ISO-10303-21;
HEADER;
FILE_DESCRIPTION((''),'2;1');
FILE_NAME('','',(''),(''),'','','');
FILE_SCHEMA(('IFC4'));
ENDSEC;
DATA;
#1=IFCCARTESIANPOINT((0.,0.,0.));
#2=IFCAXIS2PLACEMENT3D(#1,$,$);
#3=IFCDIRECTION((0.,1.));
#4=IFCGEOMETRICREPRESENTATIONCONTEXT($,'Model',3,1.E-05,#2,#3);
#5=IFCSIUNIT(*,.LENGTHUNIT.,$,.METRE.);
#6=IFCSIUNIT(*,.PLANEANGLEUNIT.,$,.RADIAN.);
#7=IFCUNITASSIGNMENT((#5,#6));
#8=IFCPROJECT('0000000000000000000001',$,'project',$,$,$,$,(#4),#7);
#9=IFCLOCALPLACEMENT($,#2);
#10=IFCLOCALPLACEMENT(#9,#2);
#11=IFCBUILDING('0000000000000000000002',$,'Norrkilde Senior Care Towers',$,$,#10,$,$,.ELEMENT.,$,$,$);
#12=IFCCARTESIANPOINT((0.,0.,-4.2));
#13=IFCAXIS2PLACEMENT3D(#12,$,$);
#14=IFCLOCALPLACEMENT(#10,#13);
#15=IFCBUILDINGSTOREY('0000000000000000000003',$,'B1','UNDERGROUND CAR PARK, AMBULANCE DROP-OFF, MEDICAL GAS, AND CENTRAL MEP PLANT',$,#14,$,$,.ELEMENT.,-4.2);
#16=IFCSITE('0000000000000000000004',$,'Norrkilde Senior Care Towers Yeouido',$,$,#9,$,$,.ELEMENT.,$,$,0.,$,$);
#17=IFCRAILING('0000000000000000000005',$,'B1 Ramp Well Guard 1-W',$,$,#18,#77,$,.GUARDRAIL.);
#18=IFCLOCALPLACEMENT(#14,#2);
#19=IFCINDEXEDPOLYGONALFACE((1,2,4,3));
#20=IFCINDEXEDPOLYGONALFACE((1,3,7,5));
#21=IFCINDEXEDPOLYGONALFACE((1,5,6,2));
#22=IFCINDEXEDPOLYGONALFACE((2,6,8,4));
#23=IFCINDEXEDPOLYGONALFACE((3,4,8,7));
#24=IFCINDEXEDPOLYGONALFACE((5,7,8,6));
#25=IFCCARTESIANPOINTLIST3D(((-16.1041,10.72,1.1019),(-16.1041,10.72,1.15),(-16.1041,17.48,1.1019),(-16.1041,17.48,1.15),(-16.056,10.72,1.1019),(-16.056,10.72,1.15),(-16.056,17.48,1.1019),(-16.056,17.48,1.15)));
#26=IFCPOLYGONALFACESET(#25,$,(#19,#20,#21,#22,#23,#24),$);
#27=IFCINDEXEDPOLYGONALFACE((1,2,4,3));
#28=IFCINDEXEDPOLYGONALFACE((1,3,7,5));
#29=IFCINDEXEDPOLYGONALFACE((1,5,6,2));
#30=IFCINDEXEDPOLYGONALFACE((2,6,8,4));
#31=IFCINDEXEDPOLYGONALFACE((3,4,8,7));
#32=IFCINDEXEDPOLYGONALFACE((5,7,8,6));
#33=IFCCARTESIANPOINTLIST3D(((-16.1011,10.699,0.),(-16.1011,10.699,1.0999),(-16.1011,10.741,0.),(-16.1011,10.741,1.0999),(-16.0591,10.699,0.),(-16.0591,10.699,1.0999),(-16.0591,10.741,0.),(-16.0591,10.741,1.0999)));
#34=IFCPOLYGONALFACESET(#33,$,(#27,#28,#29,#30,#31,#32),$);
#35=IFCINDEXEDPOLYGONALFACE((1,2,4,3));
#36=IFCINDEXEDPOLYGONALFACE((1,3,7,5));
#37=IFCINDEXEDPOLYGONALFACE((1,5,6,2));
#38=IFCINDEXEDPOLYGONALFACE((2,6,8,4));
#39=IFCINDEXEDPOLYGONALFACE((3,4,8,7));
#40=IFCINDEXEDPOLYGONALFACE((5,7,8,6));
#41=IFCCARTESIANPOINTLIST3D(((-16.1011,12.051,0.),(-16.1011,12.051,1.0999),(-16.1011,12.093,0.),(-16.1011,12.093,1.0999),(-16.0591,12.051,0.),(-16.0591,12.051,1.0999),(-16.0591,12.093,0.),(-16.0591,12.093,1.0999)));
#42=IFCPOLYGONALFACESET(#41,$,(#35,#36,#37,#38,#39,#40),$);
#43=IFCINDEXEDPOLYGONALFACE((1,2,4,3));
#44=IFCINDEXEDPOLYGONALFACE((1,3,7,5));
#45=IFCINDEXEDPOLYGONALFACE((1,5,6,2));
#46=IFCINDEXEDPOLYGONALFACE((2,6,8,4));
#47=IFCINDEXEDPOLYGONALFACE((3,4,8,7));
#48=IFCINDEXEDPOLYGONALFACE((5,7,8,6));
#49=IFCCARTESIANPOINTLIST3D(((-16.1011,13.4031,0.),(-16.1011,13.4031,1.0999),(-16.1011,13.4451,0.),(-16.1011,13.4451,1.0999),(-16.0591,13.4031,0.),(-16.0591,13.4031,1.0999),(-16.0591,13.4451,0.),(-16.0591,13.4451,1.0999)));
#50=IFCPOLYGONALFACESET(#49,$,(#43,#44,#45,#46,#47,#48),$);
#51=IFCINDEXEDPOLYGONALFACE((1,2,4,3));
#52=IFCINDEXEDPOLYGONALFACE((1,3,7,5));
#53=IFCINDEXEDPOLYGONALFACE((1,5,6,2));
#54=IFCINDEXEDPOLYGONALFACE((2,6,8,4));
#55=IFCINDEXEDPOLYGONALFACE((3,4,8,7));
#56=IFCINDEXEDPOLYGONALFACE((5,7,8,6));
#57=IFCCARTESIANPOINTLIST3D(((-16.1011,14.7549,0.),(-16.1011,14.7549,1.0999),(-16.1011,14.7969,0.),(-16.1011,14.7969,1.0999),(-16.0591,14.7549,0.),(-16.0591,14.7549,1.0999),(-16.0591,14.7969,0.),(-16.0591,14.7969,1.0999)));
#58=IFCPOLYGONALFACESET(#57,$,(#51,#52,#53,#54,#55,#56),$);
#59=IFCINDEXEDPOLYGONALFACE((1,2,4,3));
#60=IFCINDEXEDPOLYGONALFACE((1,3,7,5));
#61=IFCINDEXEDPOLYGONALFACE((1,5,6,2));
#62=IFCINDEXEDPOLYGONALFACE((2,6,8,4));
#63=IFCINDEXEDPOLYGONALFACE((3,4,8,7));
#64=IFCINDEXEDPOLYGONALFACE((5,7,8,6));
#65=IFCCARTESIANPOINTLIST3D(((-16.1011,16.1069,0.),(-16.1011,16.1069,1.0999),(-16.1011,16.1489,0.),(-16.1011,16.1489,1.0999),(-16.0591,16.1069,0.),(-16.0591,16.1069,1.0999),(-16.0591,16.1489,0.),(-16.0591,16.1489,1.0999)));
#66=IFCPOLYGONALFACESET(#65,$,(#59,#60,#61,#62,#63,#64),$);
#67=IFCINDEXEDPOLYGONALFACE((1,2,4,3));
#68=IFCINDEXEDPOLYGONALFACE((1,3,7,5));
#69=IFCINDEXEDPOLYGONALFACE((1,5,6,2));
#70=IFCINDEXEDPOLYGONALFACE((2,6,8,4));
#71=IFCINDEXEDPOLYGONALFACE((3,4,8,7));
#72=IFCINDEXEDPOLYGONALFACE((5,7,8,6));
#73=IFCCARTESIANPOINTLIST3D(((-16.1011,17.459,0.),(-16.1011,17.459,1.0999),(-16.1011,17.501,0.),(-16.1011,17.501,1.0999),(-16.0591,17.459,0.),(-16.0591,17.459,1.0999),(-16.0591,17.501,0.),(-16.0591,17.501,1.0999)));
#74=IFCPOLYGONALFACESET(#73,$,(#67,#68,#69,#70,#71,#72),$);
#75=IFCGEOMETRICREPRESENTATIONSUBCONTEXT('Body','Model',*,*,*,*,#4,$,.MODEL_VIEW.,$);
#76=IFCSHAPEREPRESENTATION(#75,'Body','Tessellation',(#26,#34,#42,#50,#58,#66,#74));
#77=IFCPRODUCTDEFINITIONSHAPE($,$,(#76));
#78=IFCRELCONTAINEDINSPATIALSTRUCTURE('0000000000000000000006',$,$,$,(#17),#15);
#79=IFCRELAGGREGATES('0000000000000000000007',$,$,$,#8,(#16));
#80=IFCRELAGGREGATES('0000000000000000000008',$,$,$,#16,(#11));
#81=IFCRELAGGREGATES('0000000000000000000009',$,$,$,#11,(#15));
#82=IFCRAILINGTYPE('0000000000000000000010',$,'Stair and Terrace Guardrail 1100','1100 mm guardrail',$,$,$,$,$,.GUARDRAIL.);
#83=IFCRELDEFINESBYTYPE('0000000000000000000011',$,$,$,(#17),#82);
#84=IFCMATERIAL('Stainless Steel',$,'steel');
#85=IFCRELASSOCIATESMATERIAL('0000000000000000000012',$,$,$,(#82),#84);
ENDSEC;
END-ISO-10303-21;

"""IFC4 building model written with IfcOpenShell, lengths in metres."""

from ifc_helpers import new_model, si_unit, direction, frame, origin, origin_2d, place, context, subcontext, project, spatial, rectangle, extrude, material, type_object, element, save


model = new_model("IFC4")

# Units and contexts
model_context = context("Model", 3, precision=1e-05, world=origin(), true_north=direction((0.0, 1.0)))
body_context = subcontext(model_context, "Body", "Model", "MODEL_VIEW")
ifc_project = project(units=[si_unit("LENGTHUNIT", "METRE"), si_unit("PLANEANGLEUNIT", "RADIAN")], contexts=[model_context])

# Site, building, storey
site_placement = place(None, origin())
site = spatial("IfcSite", under=ifc_project, at=site_placement, Name="Norrkilde Senior Care Towers Yeouido", CompositionType="ELEMENT", RefElevation=0.0)
building_placement = place(site_placement, origin())
building = spatial("IfcBuilding", under=site, at=building_placement, Name="Norrkilde Senior Care Towers", CompositionType="ELEMENT")
storey_placement = place(building_placement, frame((0.0, 0.0, -4.2)))
storey = spatial("IfcBuildingStorey", under=building, at=storey_placement, Name="B1", Description="UNDERGROUND CAR PARK, AMBULANCE DROP-OFF, MEDICAL GAS, AND CENTRAL MEP PLANT", CompositionType="ELEMENT", Elevation=-4.2)

# Shared definitions
ifc_material_1 = material(Name="Stainless Steel", Category="steel")

# Railing
railing_type = type_object("IfcRailingType", Name="Stair and Terrace Guardrail 1100", Description="1100 mm guardrail", PredefinedType="GUARDRAIL", material=ifc_material_1)
railing_1_placement = place(storey_placement, frame((-16.0801, 10.72, 0.0)))
element("IfcRailing", 1, at=railing_1_placement, inside=storey, type_object=railing_type, Name="B1 Ramp Well Guard 1-W", PredefinedType="GUARDRAIL", context=body_context, shape_type="SweptSolid", body=[
    extrude(rectangle(XDim=0.0481, YDim=0.0481, at=origin_2d()), frame((0.0, 0.0, 1.126), z_axis=(0.0, 1.0, 0.0), x_axis=(-1.0, 0.0, 0.0)), (0.0, 0.0, 1.0), 6.76),
    extrude(rectangle(XDim=0.042, YDim=0.042, at=origin_2d()), origin(), (0.0, 0.0, 1.0), 1.0999),
    extrude(rectangle(XDim=0.042, YDim=0.042, at=origin_2d()), frame((0.0, 1.3521, 0.0)), (0.0, 0.0, 1.0), 1.0999),
    extrude(rectangle(XDim=0.042, YDim=0.042, at=origin_2d()), frame((0.0, 2.7041, 0.0)), (0.0, 0.0, 1.0), 1.0999),
    extrude(rectangle(XDim=0.042, YDim=0.042, at=origin_2d()), frame((0.0, 4.0559, 0.0)), (0.0, 0.0, 1.0), 1.0999),
    extrude(rectangle(XDim=0.042, YDim=0.042, at=origin_2d()), frame((0.0, 5.408, 0.0)), (0.0, 0.0, 1.0), 1.0999),
    extrude(rectangle(XDim=0.042, YDim=0.042, at=origin_2d()), frame((0.0, 6.76, 0.0)), (0.0, 0.0, 1.0), 1.0999),
])

save(model, "model.ifc")
